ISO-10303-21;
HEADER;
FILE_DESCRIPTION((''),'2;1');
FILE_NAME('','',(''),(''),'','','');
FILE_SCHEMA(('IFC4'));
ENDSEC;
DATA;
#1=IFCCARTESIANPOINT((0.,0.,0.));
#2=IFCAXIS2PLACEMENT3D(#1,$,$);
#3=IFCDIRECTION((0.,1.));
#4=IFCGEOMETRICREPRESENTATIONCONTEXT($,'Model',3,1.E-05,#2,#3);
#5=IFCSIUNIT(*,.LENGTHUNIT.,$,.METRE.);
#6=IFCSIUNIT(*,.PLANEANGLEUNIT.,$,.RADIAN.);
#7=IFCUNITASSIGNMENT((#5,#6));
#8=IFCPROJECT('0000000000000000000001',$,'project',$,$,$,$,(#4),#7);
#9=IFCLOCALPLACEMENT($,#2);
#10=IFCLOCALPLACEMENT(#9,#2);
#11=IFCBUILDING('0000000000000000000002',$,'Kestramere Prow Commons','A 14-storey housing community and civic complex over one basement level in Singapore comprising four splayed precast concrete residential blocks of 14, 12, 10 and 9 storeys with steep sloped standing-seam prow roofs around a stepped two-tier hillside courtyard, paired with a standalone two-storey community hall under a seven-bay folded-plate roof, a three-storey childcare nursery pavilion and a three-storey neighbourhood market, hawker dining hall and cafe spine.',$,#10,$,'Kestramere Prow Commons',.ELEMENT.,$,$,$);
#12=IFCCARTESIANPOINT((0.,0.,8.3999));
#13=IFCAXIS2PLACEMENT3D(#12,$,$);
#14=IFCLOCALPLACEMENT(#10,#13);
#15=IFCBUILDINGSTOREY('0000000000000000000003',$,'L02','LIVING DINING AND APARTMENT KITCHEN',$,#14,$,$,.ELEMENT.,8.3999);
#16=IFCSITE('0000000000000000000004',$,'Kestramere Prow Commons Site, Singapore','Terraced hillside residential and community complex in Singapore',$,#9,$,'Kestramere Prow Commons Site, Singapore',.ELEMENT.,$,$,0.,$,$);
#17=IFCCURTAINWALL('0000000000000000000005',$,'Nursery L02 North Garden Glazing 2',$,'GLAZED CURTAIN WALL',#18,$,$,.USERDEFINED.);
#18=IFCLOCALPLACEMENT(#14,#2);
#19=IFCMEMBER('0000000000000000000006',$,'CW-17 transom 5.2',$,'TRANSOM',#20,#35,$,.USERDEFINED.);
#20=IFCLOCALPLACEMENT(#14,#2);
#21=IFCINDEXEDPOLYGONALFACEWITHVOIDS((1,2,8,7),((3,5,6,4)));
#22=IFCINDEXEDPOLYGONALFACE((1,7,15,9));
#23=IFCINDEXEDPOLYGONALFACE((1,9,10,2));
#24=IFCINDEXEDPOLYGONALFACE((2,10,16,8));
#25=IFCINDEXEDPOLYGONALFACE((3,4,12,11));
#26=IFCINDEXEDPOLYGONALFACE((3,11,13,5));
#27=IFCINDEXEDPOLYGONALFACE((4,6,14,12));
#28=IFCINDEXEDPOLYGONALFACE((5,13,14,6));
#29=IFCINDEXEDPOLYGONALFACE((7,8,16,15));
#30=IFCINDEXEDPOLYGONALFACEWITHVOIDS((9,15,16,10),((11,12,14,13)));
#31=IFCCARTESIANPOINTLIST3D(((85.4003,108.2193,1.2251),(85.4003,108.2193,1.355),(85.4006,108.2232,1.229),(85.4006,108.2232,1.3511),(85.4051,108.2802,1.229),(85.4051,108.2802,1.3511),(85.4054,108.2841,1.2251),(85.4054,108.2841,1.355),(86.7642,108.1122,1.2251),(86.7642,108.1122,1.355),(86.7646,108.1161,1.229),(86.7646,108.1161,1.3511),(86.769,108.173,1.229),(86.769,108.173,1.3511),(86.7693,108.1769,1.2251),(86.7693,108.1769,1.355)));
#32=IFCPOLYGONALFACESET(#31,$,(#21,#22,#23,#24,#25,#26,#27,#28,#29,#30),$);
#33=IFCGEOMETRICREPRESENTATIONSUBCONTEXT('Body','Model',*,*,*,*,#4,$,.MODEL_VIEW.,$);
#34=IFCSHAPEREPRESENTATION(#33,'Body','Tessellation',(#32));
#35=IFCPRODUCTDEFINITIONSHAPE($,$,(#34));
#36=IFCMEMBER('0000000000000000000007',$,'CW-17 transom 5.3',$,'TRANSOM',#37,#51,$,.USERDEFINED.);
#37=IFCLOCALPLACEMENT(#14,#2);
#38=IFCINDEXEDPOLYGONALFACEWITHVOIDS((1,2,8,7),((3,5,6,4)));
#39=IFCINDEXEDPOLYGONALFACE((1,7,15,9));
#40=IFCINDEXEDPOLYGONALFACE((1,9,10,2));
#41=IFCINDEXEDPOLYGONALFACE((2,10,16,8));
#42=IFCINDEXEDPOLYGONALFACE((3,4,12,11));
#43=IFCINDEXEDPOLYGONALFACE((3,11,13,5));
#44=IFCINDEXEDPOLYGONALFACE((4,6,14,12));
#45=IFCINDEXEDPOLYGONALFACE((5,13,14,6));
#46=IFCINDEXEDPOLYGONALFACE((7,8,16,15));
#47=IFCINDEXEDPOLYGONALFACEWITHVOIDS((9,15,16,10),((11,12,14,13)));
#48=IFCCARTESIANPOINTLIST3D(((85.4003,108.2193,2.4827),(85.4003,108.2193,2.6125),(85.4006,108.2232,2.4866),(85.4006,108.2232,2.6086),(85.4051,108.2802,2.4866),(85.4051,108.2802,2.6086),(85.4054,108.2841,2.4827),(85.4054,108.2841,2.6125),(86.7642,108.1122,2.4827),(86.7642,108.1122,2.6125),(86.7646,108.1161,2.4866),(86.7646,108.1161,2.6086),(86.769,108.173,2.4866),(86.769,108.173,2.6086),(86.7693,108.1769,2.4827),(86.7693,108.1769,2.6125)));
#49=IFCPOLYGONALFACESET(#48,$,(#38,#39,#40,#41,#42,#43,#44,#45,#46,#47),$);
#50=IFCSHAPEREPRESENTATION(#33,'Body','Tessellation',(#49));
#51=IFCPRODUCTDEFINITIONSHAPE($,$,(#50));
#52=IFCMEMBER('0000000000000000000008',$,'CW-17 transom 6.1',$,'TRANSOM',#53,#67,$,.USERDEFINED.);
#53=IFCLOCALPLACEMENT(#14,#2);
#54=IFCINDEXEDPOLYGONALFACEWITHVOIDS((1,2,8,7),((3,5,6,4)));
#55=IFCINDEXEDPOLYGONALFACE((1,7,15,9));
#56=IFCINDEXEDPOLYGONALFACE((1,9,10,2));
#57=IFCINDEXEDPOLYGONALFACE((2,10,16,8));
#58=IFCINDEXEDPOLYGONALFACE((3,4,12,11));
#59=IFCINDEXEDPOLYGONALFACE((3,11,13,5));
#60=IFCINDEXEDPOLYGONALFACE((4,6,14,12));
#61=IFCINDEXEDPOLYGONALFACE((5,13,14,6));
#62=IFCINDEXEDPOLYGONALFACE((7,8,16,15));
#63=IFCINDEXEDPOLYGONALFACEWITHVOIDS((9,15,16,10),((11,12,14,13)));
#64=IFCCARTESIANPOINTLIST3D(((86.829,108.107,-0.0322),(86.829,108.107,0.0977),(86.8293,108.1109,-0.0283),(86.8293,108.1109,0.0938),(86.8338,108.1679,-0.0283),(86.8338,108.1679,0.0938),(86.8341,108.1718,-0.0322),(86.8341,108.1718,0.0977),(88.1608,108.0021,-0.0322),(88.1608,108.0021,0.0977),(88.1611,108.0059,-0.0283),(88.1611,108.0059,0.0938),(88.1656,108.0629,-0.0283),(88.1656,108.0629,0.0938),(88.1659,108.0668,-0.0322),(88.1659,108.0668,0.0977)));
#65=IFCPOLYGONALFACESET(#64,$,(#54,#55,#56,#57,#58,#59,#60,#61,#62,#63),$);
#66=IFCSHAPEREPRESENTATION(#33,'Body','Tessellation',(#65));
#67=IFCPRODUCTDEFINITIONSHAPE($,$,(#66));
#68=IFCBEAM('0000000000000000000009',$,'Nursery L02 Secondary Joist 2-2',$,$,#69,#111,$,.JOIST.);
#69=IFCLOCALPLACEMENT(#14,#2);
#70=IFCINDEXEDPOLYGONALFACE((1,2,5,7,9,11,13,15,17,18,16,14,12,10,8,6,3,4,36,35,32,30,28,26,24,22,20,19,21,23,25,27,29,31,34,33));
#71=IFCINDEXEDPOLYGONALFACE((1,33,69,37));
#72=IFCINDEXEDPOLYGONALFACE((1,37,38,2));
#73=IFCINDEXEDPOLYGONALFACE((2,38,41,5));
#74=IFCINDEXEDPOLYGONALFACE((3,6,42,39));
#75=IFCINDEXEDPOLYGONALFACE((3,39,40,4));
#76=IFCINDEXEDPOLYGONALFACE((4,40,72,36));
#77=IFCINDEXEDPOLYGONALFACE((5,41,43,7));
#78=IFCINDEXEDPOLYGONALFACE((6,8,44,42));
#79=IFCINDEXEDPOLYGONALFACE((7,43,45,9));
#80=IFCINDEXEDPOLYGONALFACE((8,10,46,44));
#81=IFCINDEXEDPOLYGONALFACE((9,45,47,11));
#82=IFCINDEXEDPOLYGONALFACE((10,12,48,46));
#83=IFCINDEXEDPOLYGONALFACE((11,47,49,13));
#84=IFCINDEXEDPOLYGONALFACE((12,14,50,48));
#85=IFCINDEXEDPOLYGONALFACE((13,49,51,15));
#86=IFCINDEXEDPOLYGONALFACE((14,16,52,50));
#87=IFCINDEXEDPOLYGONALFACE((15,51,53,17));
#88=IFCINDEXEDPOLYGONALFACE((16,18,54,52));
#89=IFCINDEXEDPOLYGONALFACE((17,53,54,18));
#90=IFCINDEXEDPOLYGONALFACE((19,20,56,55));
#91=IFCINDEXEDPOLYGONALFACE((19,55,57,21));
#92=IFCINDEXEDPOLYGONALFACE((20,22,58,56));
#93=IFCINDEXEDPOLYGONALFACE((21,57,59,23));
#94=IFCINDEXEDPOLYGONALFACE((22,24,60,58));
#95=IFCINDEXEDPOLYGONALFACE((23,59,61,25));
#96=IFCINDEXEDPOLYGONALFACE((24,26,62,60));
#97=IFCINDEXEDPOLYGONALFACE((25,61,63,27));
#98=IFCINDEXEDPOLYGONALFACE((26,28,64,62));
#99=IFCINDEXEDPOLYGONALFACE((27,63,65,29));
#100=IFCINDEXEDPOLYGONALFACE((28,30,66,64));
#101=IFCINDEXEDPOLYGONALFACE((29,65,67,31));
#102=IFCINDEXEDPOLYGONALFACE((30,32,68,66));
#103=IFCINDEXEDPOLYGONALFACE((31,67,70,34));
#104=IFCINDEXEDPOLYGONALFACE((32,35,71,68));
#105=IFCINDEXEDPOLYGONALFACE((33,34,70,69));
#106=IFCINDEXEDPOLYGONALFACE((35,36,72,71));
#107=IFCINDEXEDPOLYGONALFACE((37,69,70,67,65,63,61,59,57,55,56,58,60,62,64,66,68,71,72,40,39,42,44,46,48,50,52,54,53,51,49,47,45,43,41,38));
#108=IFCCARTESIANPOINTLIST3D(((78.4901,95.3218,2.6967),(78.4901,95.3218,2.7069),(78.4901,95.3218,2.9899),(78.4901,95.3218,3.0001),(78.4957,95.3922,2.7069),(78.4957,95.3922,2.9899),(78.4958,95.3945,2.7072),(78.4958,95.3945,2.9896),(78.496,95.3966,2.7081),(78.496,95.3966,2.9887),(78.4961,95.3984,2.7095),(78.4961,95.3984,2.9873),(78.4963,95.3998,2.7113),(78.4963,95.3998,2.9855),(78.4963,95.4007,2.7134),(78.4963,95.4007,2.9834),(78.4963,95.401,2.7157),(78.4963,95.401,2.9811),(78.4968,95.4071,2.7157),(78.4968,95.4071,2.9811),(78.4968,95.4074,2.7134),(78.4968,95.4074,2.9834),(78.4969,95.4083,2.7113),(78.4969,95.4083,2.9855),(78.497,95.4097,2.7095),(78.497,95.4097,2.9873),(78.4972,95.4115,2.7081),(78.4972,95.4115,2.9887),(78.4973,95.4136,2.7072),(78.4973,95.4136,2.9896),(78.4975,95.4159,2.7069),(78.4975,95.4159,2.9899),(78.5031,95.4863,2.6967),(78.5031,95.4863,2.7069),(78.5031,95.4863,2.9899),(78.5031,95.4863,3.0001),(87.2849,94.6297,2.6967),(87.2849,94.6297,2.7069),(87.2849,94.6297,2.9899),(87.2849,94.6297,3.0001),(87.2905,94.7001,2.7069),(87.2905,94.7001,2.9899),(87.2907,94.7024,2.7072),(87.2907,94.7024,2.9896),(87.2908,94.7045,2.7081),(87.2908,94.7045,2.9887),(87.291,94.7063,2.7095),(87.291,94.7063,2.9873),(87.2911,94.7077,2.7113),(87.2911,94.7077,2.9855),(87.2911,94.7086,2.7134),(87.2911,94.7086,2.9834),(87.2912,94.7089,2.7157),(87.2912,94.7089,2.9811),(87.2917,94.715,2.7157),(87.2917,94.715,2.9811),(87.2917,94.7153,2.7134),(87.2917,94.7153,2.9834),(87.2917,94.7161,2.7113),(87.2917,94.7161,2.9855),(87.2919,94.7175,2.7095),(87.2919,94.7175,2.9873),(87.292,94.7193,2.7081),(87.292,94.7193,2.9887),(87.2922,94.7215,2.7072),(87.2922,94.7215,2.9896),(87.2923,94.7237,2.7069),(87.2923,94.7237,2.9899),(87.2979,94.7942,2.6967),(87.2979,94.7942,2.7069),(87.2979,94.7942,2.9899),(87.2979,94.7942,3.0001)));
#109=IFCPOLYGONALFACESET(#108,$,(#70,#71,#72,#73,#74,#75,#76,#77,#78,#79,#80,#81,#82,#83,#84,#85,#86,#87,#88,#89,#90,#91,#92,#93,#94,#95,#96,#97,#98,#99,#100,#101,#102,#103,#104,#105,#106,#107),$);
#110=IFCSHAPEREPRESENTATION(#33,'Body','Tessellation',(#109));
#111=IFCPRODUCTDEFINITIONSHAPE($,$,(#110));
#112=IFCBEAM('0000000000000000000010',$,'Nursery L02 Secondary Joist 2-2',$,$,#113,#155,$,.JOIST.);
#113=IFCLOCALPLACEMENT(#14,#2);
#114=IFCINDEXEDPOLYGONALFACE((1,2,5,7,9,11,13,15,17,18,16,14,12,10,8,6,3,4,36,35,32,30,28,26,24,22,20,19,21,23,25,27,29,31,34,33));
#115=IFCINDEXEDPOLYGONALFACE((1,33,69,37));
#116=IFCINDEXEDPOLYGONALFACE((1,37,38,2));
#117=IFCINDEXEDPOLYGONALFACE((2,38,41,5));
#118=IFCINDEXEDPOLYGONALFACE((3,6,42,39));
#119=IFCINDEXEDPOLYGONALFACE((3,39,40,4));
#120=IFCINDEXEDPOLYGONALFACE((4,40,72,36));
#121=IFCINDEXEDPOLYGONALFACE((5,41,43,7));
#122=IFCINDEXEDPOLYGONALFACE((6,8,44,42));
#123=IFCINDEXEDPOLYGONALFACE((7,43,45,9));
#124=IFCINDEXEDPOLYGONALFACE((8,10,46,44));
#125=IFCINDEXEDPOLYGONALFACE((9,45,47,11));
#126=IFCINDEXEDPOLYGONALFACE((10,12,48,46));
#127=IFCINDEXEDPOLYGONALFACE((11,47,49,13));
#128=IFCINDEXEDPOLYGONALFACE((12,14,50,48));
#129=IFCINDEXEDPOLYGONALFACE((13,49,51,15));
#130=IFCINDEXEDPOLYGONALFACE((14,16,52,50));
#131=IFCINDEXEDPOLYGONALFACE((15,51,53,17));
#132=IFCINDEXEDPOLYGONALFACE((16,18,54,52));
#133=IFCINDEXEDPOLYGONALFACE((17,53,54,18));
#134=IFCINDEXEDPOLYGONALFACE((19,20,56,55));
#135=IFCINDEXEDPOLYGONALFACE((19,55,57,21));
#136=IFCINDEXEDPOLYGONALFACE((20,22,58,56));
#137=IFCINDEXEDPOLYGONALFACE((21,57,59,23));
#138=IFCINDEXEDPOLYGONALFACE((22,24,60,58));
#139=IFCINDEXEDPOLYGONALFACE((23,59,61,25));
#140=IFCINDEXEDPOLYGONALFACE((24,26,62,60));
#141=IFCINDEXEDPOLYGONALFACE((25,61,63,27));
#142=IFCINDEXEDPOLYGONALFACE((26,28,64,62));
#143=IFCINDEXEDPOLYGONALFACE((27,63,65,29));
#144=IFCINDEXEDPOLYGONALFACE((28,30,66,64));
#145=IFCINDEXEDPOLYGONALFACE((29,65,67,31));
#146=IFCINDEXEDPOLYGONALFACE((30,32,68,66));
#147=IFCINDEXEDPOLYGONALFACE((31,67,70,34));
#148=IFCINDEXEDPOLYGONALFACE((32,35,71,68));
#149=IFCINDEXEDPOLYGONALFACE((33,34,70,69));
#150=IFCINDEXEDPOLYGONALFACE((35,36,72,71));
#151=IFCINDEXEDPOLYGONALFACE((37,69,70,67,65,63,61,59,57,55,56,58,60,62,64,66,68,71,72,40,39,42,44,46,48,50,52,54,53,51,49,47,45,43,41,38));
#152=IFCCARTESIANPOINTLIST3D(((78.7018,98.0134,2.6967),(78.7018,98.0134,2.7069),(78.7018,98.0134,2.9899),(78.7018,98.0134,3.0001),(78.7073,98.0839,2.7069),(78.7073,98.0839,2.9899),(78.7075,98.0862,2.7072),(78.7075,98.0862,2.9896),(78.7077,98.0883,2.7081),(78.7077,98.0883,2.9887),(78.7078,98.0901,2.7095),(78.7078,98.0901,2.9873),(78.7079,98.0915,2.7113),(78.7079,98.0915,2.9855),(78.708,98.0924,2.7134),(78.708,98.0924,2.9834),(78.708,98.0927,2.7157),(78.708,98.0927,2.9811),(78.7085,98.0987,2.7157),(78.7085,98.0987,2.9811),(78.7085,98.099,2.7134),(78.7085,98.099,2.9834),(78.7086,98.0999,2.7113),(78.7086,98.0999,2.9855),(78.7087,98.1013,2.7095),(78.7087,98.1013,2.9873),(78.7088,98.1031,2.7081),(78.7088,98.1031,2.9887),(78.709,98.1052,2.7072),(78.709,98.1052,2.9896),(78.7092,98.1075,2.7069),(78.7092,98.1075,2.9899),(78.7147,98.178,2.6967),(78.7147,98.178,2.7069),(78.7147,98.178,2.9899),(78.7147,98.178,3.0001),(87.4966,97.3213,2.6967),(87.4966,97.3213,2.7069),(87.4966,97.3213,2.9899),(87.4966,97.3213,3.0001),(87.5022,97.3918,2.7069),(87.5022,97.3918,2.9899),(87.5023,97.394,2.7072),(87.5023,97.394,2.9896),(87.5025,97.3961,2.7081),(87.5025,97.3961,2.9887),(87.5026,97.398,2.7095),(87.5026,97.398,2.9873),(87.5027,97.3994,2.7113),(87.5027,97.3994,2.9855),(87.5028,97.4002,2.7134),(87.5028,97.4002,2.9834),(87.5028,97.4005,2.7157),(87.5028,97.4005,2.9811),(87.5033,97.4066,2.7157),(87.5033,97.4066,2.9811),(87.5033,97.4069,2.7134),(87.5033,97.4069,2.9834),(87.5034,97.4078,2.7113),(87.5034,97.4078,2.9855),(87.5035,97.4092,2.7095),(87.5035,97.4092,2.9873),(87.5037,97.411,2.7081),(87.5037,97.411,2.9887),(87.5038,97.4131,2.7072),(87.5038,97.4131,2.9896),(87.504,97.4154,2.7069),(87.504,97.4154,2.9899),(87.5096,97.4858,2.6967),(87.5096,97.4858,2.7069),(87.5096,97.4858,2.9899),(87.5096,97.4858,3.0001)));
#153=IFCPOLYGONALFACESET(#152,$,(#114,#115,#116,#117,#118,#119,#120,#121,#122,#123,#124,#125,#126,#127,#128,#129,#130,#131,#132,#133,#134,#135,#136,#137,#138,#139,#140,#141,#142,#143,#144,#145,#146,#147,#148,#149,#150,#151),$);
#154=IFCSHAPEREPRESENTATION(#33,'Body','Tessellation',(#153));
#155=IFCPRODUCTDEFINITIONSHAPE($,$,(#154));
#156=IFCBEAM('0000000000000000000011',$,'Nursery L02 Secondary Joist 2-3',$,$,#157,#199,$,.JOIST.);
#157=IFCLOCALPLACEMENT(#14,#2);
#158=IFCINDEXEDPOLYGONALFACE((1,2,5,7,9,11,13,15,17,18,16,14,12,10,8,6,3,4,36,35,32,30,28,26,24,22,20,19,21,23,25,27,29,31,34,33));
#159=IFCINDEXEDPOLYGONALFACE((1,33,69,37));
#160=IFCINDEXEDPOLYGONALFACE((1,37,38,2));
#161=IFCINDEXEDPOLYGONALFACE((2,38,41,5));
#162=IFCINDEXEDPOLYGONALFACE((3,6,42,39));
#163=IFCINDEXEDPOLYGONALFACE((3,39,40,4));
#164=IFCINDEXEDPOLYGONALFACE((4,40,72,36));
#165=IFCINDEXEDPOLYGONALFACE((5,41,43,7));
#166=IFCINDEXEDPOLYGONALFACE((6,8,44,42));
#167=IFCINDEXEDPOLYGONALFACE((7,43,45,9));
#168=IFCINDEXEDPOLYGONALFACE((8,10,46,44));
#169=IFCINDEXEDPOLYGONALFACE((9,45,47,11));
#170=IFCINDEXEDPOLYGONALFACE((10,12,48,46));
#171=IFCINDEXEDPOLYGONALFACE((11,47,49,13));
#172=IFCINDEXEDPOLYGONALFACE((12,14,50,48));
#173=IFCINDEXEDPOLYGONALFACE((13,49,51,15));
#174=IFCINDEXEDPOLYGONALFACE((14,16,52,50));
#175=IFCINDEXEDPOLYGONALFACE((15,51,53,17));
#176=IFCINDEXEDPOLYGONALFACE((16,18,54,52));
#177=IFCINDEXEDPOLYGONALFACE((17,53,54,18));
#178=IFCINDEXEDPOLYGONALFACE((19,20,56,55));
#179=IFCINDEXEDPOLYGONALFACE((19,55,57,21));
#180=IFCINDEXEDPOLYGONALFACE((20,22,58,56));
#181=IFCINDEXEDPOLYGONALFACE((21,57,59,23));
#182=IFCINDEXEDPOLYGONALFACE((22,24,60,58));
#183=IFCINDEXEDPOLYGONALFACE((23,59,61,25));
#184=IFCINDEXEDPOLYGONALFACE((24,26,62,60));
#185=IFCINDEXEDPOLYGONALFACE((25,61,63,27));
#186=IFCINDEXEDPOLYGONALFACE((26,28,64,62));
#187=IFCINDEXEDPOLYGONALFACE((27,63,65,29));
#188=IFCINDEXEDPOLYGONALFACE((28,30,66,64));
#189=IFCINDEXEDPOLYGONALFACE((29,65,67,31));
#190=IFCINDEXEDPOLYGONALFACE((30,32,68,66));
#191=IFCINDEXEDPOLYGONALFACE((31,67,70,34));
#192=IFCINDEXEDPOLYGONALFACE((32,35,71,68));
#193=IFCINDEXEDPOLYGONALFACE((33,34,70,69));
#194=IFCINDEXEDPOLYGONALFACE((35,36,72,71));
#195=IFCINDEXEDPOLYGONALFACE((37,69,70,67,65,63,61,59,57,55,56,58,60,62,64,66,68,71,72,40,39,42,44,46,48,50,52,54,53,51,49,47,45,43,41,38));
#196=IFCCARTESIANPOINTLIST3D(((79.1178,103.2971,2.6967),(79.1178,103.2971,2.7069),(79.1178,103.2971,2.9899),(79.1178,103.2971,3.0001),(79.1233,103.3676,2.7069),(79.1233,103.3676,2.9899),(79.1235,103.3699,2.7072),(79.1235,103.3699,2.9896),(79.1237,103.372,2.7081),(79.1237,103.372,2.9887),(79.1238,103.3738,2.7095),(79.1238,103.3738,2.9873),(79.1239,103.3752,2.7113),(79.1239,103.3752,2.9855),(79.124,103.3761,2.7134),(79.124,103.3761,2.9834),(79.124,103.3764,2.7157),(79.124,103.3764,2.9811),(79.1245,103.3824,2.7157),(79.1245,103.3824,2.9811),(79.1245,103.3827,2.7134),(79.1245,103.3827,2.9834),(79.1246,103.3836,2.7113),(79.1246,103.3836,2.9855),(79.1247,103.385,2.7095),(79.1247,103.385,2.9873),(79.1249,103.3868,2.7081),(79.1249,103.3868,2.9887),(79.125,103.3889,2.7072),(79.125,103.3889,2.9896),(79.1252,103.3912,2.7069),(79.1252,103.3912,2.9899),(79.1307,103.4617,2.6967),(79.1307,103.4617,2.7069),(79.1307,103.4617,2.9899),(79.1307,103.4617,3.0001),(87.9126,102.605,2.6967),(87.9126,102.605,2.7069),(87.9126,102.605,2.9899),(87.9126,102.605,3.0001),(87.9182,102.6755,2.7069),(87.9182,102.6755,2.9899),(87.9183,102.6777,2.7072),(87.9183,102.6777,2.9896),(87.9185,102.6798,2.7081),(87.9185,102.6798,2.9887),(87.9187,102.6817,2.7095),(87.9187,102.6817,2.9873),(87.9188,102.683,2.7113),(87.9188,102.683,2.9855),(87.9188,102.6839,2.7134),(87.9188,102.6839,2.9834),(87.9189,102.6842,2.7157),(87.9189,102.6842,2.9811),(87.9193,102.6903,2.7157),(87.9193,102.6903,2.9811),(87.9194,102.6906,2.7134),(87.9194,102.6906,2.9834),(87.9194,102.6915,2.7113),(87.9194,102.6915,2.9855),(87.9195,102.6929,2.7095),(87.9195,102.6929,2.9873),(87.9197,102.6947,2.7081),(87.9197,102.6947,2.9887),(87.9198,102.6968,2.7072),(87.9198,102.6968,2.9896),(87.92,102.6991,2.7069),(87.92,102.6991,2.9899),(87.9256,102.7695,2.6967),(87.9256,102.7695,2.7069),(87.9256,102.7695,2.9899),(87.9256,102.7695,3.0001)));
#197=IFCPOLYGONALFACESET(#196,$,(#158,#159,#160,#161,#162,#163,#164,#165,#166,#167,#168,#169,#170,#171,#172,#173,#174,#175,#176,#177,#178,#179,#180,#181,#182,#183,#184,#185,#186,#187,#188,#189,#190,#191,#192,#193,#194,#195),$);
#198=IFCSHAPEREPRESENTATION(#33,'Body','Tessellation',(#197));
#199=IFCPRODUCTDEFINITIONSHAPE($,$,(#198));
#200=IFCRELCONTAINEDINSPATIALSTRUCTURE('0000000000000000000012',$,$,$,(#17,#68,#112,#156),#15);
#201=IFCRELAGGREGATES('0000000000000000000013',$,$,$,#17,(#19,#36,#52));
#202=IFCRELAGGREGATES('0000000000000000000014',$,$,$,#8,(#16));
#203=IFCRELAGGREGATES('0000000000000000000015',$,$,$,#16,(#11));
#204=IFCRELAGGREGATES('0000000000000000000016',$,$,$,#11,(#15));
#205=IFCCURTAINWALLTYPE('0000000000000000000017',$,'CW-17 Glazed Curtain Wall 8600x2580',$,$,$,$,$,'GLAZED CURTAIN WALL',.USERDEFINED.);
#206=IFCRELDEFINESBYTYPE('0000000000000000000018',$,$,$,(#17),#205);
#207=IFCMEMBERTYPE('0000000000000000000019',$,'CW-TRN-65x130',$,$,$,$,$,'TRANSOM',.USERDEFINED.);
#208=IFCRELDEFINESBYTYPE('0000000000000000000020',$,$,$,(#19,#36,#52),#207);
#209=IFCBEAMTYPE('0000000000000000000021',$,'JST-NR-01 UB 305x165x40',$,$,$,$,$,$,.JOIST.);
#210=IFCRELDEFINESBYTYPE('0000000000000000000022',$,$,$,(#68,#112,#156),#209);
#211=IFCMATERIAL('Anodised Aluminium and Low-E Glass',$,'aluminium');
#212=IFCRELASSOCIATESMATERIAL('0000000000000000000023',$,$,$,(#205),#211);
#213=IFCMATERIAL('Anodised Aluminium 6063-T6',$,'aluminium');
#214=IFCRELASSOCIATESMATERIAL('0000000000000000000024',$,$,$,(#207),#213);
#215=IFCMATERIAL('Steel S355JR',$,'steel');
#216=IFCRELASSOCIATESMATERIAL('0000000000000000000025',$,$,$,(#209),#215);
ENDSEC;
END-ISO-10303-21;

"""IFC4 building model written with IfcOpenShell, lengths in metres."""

from ifc_helpers import new_model, si_unit, direction, frame, origin, origin_2d, place, context, subcontext, project, spatial, hollow_rectangle, i_section, extrude, material, material_profile, profile_set, type_object, element, aggregate, save


model = new_model("IFC4")

# Units and contexts
model_context = context("Model", 3, precision=1e-05, world=origin(), true_north=direction((0.0, 1.0)))
body_context = subcontext(model_context, "Body", "Model", "MODEL_VIEW")
ifc_project = project(units=[si_unit("LENGTHUNIT", "METRE"), si_unit("PLANEANGLEUNIT", "RADIAN")], contexts=[model_context])

# Site, building, storey
site_placement = place(None, origin())
site = spatial("IfcSite", under=ifc_project, at=site_placement, Name="Kestramere Prow Commons Site, Singapore", Description="Terraced hillside residential and community complex in Singapore", LongName="Kestramere Prow Commons Site, Singapore", CompositionType="ELEMENT", RefElevation=0.0)
building_placement = place(site_placement, origin())
building = spatial("IfcBuilding", under=site, at=building_placement, Name="Kestramere Prow Commons", Description="A 14-storey housing community and civic complex over one basement level in Singapore comprising four splayed precast concrete residential blocks of 14, 12, 10 and 9 storeys with steep sloped standing-seam prow roofs around a stepped two-tier hillside courtyard, paired with a standalone two-storey community hall under a seven-bay folded-plate roof, a three-storey childcare nursery pavilion and a three-storey neighbourhood market, hawker dining hall and cafe spine.", LongName="Kestramere Prow Commons", CompositionType="ELEMENT")
storey_placement = place(building_placement, frame((0.0, 0.0, 8.3999)))
storey = spatial("IfcBuildingStorey", under=building, at=storey_placement, Name="L02", Description="LIVING DINING AND APARTMENT KITCHEN", CompositionType="ELEMENT", Elevation=8.3999)

# Shared definitions
ifc_material_1 = material(Name="Steel S355JR", Category="steel")

# Curtain wall, members
ifc_material_2 = material(Name="Anodised Aluminium and Low-E Glass", Category="aluminium")
curtain_wall_type = type_object("IfcCurtainWallType", Name="CW-17 Glazed Curtain Wall 8600x2580", ElementType="GLAZED CURTAIN WALL", PredefinedType="USERDEFINED", material=ifc_material_2)
curtain_wall_placement = place(storey_placement, origin())
curtain_wall = element("IfcCurtainWall", 1, at=curtain_wall_placement, inside=storey, type_object=curtain_wall_type, Name="Nursery L02 North Garden Glazing 2", ObjectType="GLAZED CURTAIN WALL", PredefinedType="USERDEFINED")
ifc_material_3 = material(Name="Anodised Aluminium 6063-T6", Category="aluminium")
ifc_material_profile_1 = material_profile(ifc_material_3, hollow_rectangle(XDim=0.0649, YDim=0.1299, WallThickness=0.0039, at=origin_2d()), Name="ALU-TRN 65x130")
ifc_profile_set_1 = profile_set([ifc_material_profile_1], Name="Anodised Aluminium 6063-T6")
member_type_1 = type_object("IfcMemberType", Name="CW-TRN-65x130", ElementType="TRANSOM", PredefinedType="USERDEFINED", material=ifc_profile_set_1)
member_1_placement = place(storey_placement, frame((85.4028, 108.2517, 1.29), z_axis=(0.996927, -0.078334, 0.0), x_axis=(0.078334, 0.996927, 0.0)))
member_1 = element("IfcMember", 2, at=member_1_placement, type_object=member_type_1, Name="CW-17 transom 5.2", ObjectType="TRANSOM", PredefinedType="USERDEFINED", context=body_context, shape_type="SweptSolid", body=[
    extrude(hollow_rectangle(XDim=0.0649, YDim=0.1299, WallThickness=0.0039, at=origin_2d()), origin(), (0.0, 0.0, 1.0), 1.3682),
])
member_2_placement = place(storey_placement, frame((85.4028, 108.2517, 2.5476), z_axis=(0.996927, -0.078334, 0.0), x_axis=(0.078334, 0.996927, 0.0)))
member_2 = element("IfcMember", 3, at=member_2_placement, type_object=member_type_1, Name="CW-17 transom 5.3", ObjectType="TRANSOM", PredefinedType="USERDEFINED", context=body_context, shape_type="SweptSolid", body=[
    extrude(hollow_rectangle(XDim=0.0649, YDim=0.1299, WallThickness=0.0039, at=origin_2d()), origin(), (0.0, 0.0, 1.0), 1.3682),
])
member_3_placement = place(storey_placement, frame((86.8315, 108.1394, 0.0327), z_axis=(0.996908, -0.078583, 0.0), x_axis=(0.078583, 0.996908, 0.0)))
member_3 = element("IfcMember", 4, at=member_3_placement, type_object=member_type_1, Name="CW-17 transom 6.1", ObjectType="TRANSOM", PredefinedType="USERDEFINED", context=body_context, shape_type="SweptSolid", body=[
    extrude(hollow_rectangle(XDim=0.0649, YDim=0.1299, WallThickness=0.0039, at=origin_2d()), origin(), (0.0, 0.0, 1.0), 1.3359),
])

# Beams
ifc_material_profile_2 = material_profile(ifc_material_1, i_section(OverallWidth=0.165, OverallDepth=0.3035, WebThickness=0.0061, FlangeThickness=0.0103, FilletRadius=0.0088, at=origin_2d()), Name="UB 305x165x40")
ifc_profile_set_2 = profile_set([ifc_material_profile_2], Name="Steel S355JR")
beam_type_1 = type_object("IfcBeamType", Name="JST-NR-01 UB 305x165x40", PredefinedType="JOIST", material=ifc_profile_set_2)
for number, where, z_axis, x_axis, name in (
    (5, (78.4966, 95.4041, 2.8484), (0.996918, -0.078455, 0.0), (0.078455, 0.996918, 0.0), "Nursery L02 Secondary Joist 2-2"),
    (6, (78.7083, 98.0957, 2.8484), (0.996918, -0.078455, 0.0), (0.078455, 0.996918, 0.0), "Nursery L02 Secondary Joist 2-2"),
    (7, (79.1243, 103.3794, 2.8484), (0.996918, -0.078455, 0.0), (0.078455, 0.996918, 0.0), "Nursery L02 Secondary Joist 2-3"),
):
    element("IfcBeam", number, at=place(storey_placement, frame(where, z_axis=z_axis, x_axis=x_axis)), inside=storey, type_object=beam_type_1, Name=name, PredefinedType="JOIST", context=body_context, shape_type="SweptSolid", body=[
        extrude(i_section(OverallWidth=0.165, OverallDepth=0.3035, WebThickness=0.0061, FlangeThickness=0.0103, FilletRadius=0.0088, at=origin_2d()), origin(), (0.0, 0.0, 1.0), 8.822),
    ])

aggregate(curtain_wall, [member_1, member_2, member_3])

save(model, "model.ifc")
